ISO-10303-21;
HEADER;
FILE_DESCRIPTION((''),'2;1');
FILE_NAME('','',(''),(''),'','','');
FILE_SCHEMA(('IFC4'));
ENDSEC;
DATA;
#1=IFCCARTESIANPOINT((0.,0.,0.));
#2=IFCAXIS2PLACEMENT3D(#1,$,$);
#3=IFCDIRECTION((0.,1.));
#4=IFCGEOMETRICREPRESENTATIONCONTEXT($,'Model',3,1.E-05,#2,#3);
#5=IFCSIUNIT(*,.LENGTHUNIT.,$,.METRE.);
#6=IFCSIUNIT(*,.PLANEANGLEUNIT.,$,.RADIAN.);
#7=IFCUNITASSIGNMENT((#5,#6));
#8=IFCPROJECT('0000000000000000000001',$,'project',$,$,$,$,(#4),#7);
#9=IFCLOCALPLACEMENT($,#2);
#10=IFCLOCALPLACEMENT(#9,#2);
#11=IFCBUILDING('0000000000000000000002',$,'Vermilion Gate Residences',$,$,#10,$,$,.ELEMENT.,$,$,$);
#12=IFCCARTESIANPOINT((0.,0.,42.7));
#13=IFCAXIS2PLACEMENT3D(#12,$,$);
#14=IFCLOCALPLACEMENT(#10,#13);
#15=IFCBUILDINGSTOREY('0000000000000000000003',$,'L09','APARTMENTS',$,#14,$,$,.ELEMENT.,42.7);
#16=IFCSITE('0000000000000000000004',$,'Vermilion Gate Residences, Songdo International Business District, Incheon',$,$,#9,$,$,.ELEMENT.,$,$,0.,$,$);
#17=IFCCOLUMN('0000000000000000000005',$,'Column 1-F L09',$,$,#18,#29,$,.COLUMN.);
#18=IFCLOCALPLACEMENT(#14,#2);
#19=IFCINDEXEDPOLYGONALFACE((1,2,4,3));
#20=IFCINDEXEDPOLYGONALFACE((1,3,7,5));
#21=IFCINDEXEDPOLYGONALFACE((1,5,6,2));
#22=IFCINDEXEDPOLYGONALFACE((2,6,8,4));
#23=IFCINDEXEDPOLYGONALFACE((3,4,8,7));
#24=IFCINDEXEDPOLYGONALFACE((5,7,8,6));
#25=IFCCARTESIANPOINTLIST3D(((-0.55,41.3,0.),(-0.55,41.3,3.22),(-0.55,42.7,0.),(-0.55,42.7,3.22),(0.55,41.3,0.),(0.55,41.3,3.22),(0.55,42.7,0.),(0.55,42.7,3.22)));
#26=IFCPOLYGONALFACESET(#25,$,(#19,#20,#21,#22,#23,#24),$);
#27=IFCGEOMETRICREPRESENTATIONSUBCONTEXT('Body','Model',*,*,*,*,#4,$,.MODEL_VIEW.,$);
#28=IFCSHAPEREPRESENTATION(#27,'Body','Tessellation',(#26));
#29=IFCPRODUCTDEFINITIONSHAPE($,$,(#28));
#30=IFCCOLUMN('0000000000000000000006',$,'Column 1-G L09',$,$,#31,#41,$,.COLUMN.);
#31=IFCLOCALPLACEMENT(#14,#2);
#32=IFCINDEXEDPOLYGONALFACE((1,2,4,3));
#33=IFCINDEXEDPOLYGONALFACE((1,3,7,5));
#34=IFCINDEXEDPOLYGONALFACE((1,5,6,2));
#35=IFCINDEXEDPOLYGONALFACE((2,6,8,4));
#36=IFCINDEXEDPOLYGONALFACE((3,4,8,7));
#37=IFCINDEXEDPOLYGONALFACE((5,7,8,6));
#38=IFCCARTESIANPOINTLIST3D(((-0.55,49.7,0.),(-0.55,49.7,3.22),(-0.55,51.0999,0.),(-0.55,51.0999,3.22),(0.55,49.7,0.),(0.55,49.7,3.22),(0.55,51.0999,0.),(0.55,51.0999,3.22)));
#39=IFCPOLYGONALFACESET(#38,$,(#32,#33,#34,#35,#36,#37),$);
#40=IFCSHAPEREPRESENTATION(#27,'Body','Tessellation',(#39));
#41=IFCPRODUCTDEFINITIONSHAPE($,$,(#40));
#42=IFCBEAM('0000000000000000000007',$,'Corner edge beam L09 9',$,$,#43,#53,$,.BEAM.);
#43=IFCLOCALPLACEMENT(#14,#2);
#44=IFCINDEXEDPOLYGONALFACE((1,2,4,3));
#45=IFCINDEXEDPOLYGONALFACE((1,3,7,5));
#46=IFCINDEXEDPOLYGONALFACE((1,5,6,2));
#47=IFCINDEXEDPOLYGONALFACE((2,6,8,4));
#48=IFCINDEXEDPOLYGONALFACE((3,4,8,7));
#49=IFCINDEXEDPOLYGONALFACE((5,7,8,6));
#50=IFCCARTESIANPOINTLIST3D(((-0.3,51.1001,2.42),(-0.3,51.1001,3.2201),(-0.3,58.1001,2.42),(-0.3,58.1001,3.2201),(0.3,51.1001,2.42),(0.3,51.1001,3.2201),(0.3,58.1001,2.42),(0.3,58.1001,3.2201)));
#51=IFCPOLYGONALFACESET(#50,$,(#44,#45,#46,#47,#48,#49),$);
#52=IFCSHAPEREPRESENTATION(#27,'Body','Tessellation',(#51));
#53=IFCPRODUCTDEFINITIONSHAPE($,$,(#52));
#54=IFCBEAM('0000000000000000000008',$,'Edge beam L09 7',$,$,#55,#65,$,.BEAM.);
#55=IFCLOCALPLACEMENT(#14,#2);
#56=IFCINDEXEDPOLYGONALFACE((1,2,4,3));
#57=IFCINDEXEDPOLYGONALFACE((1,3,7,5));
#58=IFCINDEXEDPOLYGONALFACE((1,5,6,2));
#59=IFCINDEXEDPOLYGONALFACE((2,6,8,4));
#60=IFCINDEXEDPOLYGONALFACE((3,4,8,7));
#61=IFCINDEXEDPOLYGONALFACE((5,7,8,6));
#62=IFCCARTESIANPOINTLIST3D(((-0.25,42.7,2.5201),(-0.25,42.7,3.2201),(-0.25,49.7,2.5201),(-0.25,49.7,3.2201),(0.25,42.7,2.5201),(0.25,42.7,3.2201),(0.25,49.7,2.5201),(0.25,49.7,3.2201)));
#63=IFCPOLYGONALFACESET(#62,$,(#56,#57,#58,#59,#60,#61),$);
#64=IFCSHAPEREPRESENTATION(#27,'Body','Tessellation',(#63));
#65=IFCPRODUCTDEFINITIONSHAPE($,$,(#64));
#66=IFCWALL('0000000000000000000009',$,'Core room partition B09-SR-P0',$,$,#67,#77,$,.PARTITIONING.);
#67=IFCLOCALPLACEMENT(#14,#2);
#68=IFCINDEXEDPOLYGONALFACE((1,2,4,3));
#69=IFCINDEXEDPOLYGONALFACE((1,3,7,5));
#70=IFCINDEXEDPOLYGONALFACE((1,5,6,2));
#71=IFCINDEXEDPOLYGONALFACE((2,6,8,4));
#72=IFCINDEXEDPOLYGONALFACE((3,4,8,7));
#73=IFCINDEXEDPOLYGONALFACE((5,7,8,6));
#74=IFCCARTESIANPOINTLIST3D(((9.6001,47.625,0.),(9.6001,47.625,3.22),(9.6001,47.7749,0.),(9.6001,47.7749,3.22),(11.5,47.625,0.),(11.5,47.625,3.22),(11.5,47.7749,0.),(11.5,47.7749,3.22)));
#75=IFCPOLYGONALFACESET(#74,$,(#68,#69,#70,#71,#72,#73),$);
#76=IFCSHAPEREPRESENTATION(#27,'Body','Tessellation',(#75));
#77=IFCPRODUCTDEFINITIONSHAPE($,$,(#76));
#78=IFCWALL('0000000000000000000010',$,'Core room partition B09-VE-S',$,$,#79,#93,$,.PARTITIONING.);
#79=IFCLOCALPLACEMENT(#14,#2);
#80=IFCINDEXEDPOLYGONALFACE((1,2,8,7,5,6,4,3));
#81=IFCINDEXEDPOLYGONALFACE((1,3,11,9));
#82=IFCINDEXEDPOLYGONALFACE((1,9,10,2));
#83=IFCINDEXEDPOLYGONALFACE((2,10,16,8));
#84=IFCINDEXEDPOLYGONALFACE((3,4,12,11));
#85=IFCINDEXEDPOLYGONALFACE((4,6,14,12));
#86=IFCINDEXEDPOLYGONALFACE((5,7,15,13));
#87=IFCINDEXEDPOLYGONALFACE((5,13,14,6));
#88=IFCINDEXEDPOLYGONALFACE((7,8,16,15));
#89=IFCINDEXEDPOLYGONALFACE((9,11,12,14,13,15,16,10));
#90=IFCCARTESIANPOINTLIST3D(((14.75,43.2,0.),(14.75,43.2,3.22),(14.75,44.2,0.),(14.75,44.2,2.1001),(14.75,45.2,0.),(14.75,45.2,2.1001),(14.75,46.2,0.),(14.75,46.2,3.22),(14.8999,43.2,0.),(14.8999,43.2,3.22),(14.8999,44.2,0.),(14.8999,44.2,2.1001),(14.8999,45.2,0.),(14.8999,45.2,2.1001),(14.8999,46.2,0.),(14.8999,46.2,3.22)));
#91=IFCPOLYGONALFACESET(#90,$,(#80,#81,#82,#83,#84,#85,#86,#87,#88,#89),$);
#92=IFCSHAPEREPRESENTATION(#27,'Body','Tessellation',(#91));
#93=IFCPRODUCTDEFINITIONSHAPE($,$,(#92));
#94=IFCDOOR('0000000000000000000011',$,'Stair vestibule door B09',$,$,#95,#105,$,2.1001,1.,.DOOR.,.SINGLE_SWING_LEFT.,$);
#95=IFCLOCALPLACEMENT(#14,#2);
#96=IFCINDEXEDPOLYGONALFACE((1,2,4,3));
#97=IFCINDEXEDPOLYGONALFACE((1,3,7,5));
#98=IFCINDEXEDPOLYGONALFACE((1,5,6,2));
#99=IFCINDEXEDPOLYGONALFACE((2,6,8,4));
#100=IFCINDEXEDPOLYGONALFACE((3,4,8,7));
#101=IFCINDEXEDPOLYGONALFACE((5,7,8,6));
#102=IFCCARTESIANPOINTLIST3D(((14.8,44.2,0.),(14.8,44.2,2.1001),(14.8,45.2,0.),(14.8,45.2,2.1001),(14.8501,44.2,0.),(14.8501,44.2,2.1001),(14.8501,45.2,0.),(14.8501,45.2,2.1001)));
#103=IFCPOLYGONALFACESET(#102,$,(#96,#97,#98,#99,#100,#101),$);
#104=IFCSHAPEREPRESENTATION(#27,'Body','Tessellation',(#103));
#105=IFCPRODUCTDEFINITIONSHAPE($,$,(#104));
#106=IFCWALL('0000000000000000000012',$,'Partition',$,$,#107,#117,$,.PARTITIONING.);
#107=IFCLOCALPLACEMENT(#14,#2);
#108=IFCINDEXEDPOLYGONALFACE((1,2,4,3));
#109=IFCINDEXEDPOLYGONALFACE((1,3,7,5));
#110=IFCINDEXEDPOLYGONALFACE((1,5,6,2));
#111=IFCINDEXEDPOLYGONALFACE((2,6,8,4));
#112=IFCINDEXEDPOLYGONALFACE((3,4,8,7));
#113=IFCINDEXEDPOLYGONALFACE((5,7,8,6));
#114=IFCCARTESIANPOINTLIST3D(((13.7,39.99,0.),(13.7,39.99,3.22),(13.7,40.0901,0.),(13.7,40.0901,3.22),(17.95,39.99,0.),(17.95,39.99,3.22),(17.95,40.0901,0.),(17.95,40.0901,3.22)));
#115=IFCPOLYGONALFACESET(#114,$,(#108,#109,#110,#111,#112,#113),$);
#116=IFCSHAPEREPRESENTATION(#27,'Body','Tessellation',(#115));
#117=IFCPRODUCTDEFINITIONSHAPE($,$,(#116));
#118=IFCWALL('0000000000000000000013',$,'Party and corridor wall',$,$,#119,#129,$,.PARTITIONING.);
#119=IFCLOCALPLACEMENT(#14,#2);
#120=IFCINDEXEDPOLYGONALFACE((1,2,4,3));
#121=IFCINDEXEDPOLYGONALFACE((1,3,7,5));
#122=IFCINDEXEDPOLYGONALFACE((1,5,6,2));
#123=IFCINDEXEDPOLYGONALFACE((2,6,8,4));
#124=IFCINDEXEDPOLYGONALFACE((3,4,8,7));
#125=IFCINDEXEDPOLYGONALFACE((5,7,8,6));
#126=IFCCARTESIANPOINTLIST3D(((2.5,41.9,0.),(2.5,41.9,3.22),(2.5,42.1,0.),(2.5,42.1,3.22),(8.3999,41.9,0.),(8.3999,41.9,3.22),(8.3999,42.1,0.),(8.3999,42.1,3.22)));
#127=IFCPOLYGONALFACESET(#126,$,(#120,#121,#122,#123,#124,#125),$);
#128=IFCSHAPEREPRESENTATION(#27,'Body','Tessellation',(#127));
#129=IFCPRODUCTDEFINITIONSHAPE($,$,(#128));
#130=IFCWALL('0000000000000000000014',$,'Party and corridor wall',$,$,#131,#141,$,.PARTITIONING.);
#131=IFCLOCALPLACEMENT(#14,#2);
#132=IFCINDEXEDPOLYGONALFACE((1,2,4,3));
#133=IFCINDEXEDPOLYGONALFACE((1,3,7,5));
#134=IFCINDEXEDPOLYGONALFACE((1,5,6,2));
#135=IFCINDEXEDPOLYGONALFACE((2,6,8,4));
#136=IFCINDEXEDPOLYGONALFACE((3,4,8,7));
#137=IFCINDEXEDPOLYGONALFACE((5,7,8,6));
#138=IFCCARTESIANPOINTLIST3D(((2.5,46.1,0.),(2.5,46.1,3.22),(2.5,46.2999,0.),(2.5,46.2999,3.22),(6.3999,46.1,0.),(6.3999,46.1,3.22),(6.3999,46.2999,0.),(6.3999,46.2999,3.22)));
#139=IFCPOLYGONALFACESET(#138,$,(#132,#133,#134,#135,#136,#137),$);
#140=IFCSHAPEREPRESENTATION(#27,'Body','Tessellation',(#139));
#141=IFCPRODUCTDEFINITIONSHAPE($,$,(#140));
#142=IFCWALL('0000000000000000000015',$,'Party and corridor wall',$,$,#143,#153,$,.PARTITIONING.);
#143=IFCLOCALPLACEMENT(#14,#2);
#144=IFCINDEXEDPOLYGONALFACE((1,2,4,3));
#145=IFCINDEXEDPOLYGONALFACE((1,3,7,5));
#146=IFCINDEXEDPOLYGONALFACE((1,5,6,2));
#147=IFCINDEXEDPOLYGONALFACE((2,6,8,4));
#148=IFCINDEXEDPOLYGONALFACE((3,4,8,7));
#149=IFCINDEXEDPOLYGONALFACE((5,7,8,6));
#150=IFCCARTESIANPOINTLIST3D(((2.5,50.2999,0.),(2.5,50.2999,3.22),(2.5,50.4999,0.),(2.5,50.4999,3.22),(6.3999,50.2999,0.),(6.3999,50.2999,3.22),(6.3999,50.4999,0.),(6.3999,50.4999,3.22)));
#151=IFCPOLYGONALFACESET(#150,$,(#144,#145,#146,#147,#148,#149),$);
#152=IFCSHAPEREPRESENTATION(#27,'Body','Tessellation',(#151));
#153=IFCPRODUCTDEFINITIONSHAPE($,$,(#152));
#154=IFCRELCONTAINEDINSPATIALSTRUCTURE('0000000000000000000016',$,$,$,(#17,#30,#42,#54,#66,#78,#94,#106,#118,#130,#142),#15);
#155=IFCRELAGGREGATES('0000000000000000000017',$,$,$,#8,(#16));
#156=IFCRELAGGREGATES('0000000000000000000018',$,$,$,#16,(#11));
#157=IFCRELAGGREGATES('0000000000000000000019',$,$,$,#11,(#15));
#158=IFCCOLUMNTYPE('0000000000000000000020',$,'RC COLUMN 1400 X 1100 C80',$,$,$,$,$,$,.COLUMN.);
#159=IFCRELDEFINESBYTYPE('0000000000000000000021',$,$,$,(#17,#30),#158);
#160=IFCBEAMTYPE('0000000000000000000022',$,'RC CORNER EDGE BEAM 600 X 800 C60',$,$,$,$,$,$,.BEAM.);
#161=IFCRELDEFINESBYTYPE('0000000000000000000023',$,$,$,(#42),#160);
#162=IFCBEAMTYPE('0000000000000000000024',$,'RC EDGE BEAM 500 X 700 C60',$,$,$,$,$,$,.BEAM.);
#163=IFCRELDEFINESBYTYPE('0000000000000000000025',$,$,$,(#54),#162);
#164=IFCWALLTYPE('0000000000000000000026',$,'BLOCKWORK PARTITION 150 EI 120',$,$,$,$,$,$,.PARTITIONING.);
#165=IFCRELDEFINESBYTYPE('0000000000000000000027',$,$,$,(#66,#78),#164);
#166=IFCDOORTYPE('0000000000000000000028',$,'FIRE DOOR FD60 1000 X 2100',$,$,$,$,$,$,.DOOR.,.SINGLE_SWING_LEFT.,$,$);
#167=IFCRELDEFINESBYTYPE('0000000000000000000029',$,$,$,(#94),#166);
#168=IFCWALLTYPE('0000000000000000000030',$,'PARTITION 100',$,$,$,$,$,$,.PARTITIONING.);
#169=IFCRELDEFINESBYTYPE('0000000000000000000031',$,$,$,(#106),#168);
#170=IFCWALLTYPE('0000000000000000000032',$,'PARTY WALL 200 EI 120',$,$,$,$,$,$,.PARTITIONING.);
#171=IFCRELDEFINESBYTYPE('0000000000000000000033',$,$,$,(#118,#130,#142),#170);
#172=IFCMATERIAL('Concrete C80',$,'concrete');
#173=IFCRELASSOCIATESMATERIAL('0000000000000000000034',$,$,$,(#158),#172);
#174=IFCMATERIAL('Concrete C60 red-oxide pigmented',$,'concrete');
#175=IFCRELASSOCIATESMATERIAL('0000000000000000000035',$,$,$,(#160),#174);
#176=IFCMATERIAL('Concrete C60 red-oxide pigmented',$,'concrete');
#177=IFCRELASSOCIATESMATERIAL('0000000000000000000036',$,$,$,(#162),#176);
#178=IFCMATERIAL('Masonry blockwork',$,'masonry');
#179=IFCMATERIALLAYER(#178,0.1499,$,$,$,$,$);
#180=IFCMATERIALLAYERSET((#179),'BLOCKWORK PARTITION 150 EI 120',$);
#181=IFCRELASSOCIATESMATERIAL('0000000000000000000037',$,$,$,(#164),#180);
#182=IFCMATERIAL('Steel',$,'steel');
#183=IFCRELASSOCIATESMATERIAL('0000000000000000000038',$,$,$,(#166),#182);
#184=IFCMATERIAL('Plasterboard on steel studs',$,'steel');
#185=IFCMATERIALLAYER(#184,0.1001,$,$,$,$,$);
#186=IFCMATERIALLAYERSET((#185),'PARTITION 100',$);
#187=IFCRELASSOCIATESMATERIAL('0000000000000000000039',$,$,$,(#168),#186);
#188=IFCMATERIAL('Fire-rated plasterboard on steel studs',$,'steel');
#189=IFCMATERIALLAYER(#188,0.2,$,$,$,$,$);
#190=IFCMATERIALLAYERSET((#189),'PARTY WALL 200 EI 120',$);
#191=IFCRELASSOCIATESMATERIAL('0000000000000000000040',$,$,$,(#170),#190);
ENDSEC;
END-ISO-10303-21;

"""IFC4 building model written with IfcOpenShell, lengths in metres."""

from ifc_helpers import new_model, si_unit, direction, frame, frame_2d, origin, origin_2d, place, context, subcontext, project, spatial, rectangle, extrude, material, layer, layer_set, material_profile, profile_set, type_object, element, fill, save


model = new_model("IFC4")

# Units and contexts
model_context = context("Model", 3, precision=1e-05, world=origin(), true_north=direction((0.0, 1.0)))
body_context = subcontext(model_context, "Body", "Model", "MODEL_VIEW")
ifc_project = project(units=[si_unit("LENGTHUNIT", "METRE"), si_unit("PLANEANGLEUNIT", "RADIAN")], contexts=[model_context])

# Site, building, storey
site_placement = place(None, origin())
site = spatial("IfcSite", under=ifc_project, at=site_placement, Name="Vermilion Gate Residences, Songdo International Business District, Incheon", CompositionType="ELEMENT", RefElevation=0.0)
building_placement = place(site_placement, origin())
building = spatial("IfcBuilding", under=site, at=building_placement, Name="Vermilion Gate Residences", CompositionType="ELEMENT")
storey_placement = place(building_placement, frame((0.0, 0.0, 42.7)))
storey = spatial("IfcBuildingStorey", under=building, at=storey_placement, Name="L09", Description="APARTMENTS", CompositionType="ELEMENT", Elevation=42.7)

# Columns
ifc_material_1 = material(Name="Concrete C80", Category="concrete")
ifc_material_profile_1 = material_profile(ifc_material_1, rectangle(XDim=1.3999, YDim=1.1001, at=origin_2d()), Name="RC-1400x1100")
ifc_profile_set_1 = profile_set([ifc_material_profile_1], Name="Concrete C80")
column_type = type_object("IfcColumnType", Name="RC COLUMN 1400 X 1100 C80", PredefinedType="COLUMN", material=ifc_profile_set_1)
for number, where, z_axis, x_axis, name in (
    (1, (0.0, 42.0, 0.0), (0.0, 0.0, 1.0), (0.0, 1.0, 0.0), "Column 1-F L09"),
    (2, (0.0, 50.3999, 0.0), (0.0, 0.0, 1.0), (0.0, 1.0, 0.0), "Column 1-G L09"),
):
    element("IfcColumn", number, at=place(storey_placement, frame(where, z_axis=z_axis, x_axis=x_axis)), inside=storey, type_object=column_type, Name=name, PredefinedType="COLUMN", context=body_context, shape_type="SweptSolid", body=[
        extrude(rectangle(XDim=1.3999, YDim=1.1001, at=origin_2d()), origin(), (0.0, 0.0, 1.0), 3.22),
    ])

# Beams
ifc_material_2 = material(Name="Concrete C60 red-oxide pigmented", Category="concrete")
ifc_material_profile_2 = material_profile(ifc_material_2, rectangle(XDim=0.6001, YDim=0.8, at=origin_2d()), Name="RC-600x800")
ifc_profile_set_2 = profile_set([ifc_material_profile_2], Name="Concrete C60 red-oxide pigmented")
beam_type_1 = type_object("IfcBeamType", Name="RC CORNER EDGE BEAM 600 X 800 C60", PredefinedType="BEAM", material=ifc_profile_set_2)
beam_1_placement = place(storey_placement, frame((0.0, 51.1001, 2.8201), z_axis=(0.0, 1.0, 0.0), x_axis=(-1.0, 0.0, 0.0)))
element("IfcBeam", 3, at=beam_1_placement, inside=storey, type_object=beam_type_1, Name="Corner edge beam L09 9", PredefinedType="BEAM", context=body_context, shape_type="SweptSolid", body=[
    extrude(rectangle(XDim=0.6001, YDim=0.8, at=origin_2d()), origin(), (0.0, 0.0, 1.0), 7.0),
])
ifc_material_3 = material(Name="Concrete C60 red-oxide pigmented", Category="concrete")
ifc_material_profile_3 = material_profile(ifc_material_3, rectangle(XDim=0.5, YDim=0.7, at=origin_2d()), Name="RC-500x700")
ifc_profile_set_3 = profile_set([ifc_material_profile_3], Name="Concrete C60 red-oxide pigmented")
beam_type_2 = type_object("IfcBeamType", Name="RC EDGE BEAM 500 X 700 C60", PredefinedType="BEAM", material=ifc_profile_set_3)
beam_2_placement = place(storey_placement, frame((0.0, 42.7, 2.8701), z_axis=(0.0, 1.0, 0.0), x_axis=(-1.0, 0.0, 0.0)))
element("IfcBeam", 4, at=beam_2_placement, inside=storey, type_object=beam_type_2, Name="Edge beam L09 7", PredefinedType="BEAM", context=body_context, shape_type="SweptSolid", body=[
    extrude(rectangle(XDim=0.5, YDim=0.7, at=origin_2d()), origin(), (0.0, 0.0, 1.0), 7.0),
])

# Wall
ifc_material_4 = material(Name="Masonry blockwork", Category="masonry")
ifc_layer_1 = layer(ifc_material_4, 0.1499)
ifc_layer_set_1 = layer_set([ifc_layer_1], Name="BLOCKWORK PARTITION 150 EI 120")
wall_type_1 = type_object("IfcWallType", Name="BLOCKWORK PARTITION 150 EI 120", PredefinedType="PARTITIONING", material=ifc_layer_set_1)
wall_1_placement = place(storey_placement, frame((9.6001, 47.7, 0.0), z_axis=(0.0, 0.0, 1.0), x_axis=(1.0, 0.0, 0.0)))
element("IfcWall", 5, at=wall_1_placement, inside=storey, type_object=wall_type_1, Name="Core room partition B09-SR-P0", PredefinedType="PARTITIONING", context=body_context, shape_type="SweptSolid", body=[
    extrude(rectangle(XDim=1.8999, YDim=0.1499, at=frame_2d((0.95, 0.0))), origin(), (0.0, 0.0, 1.0), 3.22),
])

# Wall, opening, door
wall_2_placement = place(storey_placement, frame((14.825, 46.2, 0.0), z_axis=(0.0, 0.0, 1.0), x_axis=(0.0, -1.0, 0.0)))
wall_2 = element("IfcWall", 6, at=wall_2_placement, inside=storey, type_object=wall_type_1, Name="Core room partition B09-VE-S", PredefinedType="PARTITIONING", context=body_context, shape_type="SweptSolid", body=[
    extrude(rectangle(XDim=3.0, YDim=0.1499, at=frame_2d((1.5, 0.0))), origin(), (0.0, 0.0, 1.0), 3.22),
])
opening_1_placement = place(wall_2_placement, frame((1.0, 0.0, 0.0)))
opening_1 = element("IfcOpeningElement", 7, at=opening_1_placement, cuts=wall_2, PredefinedType="OPENING", context=body_context, shape_type="SweptSolid", body=[
    extrude(rectangle(XDim=1.0, YDim=2.1001, at=frame_2d((0.5, 1.05))), frame((0.0, 0.085, 0.0), z_axis=(0.0, -1.0, 0.0), x_axis=(1.0, 0.0, 0.0)), (0.0, 0.0, 1.0), 0.1699),
])
ifc_material_5 = material(Name="Steel", Category="steel")
door_type_1 = type_object("IfcDoorType", Name="FIRE DOOR FD60 1000 X 2100", OperationType="SINGLE_SWING_LEFT", PredefinedType="DOOR", material=ifc_material_5)
door_1_placement = place(opening_1_placement, frame((1.0, 0.0, 0.0), z_axis=(0.0, 0.0, 1.0), x_axis=(-1.0, 0.0, 0.0)))
door_1 = element("IfcDoor", 8, at=door_1_placement, inside=storey, type_object=door_type_1, Name="Stair vestibule door B09", OperationType="SINGLE_SWING_LEFT", OverallHeight=2.1001, OverallWidth=1.0, PredefinedType="DOOR", context=body_context, shape_type="SweptSolid", body=[
    extrude(rectangle(XDim=1.0, YDim=2.1001, at=frame_2d((0.5, 1.05))), frame((0.0, 0.0249, 0.0), z_axis=(0.0, -1.0, 0.0), x_axis=(1.0, 0.0, 0.0)), (0.0, 0.0, 1.0), 0.05),
])
fill(opening_1, door_1)

# Walls
ifc_material_6 = material(Name="Plasterboard on steel studs", Category="steel")
ifc_layer_2 = layer(ifc_material_6, 0.1001)
ifc_layer_set_2 = layer_set([ifc_layer_2], Name="PARTITION 100")
wall_type_2 = type_object("IfcWallType", Name="PARTITION 100", PredefinedType="PARTITIONING", material=ifc_layer_set_2)
wall_3_placement = place(storey_placement, frame((13.7, 40.04, 0.0), z_axis=(0.0, 0.0, 1.0), x_axis=(1.0, 0.0, 0.0)))
element("IfcWall", 9, at=wall_3_placement, inside=storey, type_object=wall_type_2, Name="Partition", PredefinedType="PARTITIONING", context=body_context, shape_type="SweptSolid", body=[
    extrude(rectangle(XDim=4.25, YDim=0.1001, at=frame_2d((2.125, 0.0))), origin(), (0.0, 0.0, 1.0), 3.22),
])
ifc_material_7 = material(Name="Fire-rated plasterboard on steel studs", Category="steel")
ifc_layer_3 = layer(ifc_material_7, 0.2)
ifc_layer_set_3 = layer_set([ifc_layer_3], Name="PARTY WALL 200 EI 120")
wall_type_3 = type_object("IfcWallType", Name="PARTY WALL 200 EI 120", PredefinedType="PARTITIONING", material=ifc_layer_set_3)
wall_4_placement = place(storey_placement, frame((2.5, 42.0, 0.0), z_axis=(0.0, 0.0, 1.0), x_axis=(1.0, 0.0, 0.0)))
element("IfcWall", 10, at=wall_4_placement, inside=storey, type_object=wall_type_3, Name="Party and corridor wall", PredefinedType="PARTITIONING", context=body_context, shape_type="SweptSolid", body=[
    extrude(rectangle(XDim=5.8999, YDim=0.2, at=frame_2d((2.95, 0.0))), origin(), (0.0, 0.0, 1.0), 3.22),
])
for number, where, z_axis, x_axis, name in (
    (11, (2.5, 46.2, 0.0), (0.0, 0.0, 1.0), (1.0, 0.0, 0.0), "Party and corridor wall"),
    (12, (2.5, 50.3999, 0.0), (0.0, 0.0, 1.0), (1.0, 0.0, 0.0), "Party and corridor wall"),
):
    element("IfcWall", number, at=place(storey_placement, frame(where, z_axis=z_axis, x_axis=x_axis)), inside=storey, type_object=wall_type_3, Name=name, PredefinedType="PARTITIONING", context=body_context, shape_type="SweptSolid", body=[
        extrude(rectangle(XDim=3.8999, YDim=0.2, at=frame_2d((1.95, 0.0))), origin(), (0.0, 0.0, 1.0), 3.22),
    ])

save(model, "model.ifc")
